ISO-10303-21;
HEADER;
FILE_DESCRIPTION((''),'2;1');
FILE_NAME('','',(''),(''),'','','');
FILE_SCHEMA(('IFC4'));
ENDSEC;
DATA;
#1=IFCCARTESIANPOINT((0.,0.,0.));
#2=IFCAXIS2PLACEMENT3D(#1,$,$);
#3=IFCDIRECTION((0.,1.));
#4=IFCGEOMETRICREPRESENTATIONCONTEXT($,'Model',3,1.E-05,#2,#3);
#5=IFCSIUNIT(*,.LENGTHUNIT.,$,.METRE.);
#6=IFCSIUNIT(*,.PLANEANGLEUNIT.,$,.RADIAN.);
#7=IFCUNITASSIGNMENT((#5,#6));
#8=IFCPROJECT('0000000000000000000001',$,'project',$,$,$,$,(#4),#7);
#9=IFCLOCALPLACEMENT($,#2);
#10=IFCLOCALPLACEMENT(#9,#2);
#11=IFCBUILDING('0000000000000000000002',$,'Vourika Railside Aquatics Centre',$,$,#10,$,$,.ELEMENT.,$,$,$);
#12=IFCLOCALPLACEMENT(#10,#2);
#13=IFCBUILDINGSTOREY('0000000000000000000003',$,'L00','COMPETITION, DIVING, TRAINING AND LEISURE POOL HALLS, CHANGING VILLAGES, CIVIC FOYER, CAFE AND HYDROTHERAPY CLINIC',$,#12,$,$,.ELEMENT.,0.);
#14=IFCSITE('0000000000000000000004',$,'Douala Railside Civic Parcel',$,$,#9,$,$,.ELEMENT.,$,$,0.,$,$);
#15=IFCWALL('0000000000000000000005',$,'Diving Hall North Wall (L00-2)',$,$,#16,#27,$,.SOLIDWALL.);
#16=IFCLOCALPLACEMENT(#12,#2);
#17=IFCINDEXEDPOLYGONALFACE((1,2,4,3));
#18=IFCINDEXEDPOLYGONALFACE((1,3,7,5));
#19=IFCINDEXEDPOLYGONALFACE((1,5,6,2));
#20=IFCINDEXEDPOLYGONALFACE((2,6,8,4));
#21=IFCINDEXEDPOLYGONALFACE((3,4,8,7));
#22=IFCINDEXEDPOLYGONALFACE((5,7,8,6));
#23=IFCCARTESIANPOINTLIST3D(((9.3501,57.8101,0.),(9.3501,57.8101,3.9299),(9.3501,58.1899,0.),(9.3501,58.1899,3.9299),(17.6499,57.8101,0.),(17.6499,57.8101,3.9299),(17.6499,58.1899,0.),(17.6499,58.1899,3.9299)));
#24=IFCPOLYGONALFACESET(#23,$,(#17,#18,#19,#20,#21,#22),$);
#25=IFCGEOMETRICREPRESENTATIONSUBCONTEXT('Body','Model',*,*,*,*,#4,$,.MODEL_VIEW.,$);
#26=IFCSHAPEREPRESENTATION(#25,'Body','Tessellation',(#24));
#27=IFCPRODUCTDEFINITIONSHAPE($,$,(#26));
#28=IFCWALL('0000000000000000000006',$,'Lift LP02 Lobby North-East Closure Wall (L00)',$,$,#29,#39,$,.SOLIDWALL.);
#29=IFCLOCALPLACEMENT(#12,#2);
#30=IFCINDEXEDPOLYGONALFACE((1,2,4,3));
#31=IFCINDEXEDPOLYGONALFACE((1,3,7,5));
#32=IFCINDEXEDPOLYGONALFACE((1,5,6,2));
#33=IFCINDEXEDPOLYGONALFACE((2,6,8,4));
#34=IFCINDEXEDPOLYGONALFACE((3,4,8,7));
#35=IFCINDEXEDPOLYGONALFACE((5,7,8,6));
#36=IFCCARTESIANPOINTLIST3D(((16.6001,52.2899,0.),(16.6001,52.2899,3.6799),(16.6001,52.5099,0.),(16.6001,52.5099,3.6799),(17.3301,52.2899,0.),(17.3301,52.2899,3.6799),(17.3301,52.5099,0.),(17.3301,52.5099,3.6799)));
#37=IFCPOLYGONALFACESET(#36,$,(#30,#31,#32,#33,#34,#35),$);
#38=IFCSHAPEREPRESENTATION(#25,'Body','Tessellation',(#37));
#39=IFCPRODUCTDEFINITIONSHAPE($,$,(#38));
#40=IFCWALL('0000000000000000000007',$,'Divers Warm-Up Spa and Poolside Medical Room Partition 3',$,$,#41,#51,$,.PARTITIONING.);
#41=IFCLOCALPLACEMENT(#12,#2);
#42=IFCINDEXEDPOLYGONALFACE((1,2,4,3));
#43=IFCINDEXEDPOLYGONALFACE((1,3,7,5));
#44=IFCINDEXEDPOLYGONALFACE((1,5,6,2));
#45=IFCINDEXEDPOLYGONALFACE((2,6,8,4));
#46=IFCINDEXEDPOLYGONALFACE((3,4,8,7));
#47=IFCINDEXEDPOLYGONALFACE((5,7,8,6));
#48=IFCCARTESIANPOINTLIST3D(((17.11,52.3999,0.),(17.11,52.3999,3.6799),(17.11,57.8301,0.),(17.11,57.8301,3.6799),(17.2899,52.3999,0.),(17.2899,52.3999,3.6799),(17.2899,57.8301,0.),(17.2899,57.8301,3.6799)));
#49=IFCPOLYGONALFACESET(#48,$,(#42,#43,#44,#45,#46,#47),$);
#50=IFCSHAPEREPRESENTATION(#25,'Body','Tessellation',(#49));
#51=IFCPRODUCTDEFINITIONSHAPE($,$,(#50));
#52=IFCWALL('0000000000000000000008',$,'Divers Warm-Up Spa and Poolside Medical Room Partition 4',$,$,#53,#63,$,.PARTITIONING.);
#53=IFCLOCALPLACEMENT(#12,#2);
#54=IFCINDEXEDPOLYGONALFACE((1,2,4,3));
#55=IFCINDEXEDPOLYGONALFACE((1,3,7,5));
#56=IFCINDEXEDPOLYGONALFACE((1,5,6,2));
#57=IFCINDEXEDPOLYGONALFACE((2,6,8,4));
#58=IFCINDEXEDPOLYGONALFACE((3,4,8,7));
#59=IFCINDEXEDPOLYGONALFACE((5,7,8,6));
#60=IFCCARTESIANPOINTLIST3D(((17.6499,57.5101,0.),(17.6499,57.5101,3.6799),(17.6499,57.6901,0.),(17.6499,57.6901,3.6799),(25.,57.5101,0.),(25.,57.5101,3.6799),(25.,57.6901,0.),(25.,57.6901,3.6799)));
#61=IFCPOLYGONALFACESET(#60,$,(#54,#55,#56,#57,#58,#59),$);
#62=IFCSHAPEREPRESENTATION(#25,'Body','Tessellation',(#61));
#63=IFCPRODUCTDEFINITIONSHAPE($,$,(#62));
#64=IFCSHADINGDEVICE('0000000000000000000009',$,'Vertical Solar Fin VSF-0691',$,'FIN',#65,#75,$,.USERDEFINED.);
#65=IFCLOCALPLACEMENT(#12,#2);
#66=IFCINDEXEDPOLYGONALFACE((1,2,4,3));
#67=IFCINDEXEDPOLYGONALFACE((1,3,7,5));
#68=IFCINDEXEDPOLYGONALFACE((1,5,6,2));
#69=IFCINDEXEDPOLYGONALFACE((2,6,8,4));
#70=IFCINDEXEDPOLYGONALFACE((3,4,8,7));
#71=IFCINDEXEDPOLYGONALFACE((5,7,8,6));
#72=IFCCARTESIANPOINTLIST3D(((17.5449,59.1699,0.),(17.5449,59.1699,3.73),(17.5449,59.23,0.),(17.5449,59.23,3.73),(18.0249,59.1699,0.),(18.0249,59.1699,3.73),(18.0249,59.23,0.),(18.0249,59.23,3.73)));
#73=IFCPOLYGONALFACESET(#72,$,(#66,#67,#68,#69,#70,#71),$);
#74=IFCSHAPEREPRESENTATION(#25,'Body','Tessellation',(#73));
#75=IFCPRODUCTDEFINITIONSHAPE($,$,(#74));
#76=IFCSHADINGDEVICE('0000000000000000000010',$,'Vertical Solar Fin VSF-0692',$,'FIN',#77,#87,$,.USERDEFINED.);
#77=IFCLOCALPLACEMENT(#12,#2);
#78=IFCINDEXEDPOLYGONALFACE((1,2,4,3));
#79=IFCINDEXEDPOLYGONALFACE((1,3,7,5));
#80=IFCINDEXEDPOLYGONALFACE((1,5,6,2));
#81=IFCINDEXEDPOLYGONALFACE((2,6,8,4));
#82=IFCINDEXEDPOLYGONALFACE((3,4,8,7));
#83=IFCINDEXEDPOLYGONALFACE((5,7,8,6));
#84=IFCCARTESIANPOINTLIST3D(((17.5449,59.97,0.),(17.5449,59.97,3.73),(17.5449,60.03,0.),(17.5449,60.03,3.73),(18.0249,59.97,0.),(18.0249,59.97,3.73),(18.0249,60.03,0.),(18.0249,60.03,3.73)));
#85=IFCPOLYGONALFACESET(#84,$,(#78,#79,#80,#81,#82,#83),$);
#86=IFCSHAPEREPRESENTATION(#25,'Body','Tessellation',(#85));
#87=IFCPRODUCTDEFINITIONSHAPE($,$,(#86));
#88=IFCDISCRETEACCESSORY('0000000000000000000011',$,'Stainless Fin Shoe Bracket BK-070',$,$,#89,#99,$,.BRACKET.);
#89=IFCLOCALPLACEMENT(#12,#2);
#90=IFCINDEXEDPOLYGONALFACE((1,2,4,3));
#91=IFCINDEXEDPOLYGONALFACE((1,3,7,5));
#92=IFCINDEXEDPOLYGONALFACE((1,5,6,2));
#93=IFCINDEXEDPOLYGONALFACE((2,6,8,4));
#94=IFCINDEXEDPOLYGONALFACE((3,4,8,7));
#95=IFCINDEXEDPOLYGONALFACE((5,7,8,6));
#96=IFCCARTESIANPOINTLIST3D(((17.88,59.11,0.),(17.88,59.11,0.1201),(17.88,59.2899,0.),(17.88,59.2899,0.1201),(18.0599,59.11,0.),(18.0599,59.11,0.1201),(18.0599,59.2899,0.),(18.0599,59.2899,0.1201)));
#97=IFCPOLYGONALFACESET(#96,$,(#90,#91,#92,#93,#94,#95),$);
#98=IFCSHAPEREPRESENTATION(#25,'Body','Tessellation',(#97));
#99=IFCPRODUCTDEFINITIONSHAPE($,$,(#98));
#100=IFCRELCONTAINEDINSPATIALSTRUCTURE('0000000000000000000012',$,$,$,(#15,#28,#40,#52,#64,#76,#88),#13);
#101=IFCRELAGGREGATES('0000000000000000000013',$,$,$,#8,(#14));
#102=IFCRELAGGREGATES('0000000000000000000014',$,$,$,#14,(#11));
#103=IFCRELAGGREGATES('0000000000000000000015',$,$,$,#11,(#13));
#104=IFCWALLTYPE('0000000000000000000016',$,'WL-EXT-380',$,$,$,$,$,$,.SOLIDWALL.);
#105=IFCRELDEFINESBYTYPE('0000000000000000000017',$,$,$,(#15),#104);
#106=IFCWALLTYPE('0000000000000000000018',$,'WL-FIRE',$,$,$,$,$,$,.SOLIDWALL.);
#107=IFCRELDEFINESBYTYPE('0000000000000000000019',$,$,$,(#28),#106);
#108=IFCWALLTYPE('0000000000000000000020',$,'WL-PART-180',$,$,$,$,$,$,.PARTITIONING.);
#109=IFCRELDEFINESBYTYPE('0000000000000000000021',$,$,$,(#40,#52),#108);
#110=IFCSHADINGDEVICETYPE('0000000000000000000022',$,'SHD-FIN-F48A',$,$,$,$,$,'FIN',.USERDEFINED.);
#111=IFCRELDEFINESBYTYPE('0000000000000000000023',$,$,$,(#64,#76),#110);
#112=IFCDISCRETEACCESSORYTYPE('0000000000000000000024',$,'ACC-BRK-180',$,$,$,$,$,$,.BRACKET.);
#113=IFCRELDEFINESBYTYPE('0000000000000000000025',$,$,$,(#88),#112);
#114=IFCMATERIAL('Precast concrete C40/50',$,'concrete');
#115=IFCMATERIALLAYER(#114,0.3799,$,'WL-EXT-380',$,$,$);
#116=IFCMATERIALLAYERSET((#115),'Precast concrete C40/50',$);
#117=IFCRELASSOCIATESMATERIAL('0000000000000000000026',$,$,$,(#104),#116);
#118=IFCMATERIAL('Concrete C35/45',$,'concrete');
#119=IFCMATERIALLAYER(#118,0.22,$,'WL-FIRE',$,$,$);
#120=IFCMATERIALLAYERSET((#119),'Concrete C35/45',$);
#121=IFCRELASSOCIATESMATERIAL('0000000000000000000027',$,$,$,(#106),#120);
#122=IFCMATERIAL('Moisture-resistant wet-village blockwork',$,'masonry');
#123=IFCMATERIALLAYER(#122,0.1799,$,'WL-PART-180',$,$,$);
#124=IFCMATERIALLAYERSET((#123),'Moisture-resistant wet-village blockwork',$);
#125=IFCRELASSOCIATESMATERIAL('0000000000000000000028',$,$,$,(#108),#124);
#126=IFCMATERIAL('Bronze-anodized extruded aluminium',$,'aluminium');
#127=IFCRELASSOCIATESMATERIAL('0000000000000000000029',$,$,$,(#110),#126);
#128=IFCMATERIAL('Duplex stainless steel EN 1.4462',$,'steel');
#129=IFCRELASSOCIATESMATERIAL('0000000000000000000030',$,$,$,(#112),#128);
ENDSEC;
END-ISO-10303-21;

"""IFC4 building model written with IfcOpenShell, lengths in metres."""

from ifc_helpers import new_model, si_unit, direction, frame, frame_2d, origin, origin_2d, place, context, subcontext, project, spatial, rectangle, extrude, material, layer, layer_set, material_profile, profile_set, type_object, element, save


model = new_model("IFC4")

# Units and contexts
model_context = context("Model", 3, precision=1e-05, world=origin(), true_north=direction((0.0, 1.0)))
body_context = subcontext(model_context, "Body", "Model", "MODEL_VIEW")
ifc_project = project(units=[si_unit("LENGTHUNIT", "METRE"), si_unit("PLANEANGLEUNIT", "RADIAN")], contexts=[model_context])

# Site, building, storey
site_placement = place(None, origin())
site = spatial("IfcSite", under=ifc_project, at=site_placement, Name="Douala Railside Civic Parcel", CompositionType="ELEMENT", RefElevation=0.0)
building_placement = place(site_placement, origin())
building = spatial("IfcBuilding", under=site, at=building_placement, Name="Vourika Railside Aquatics Centre", CompositionType="ELEMENT")
storey_placement = place(building_placement, origin())
storey = spatial("IfcBuildingStorey", under=building, at=storey_placement, Name="L00", Description="COMPETITION, DIVING, TRAINING AND LEISURE POOL HALLS, CHANGING VILLAGES, CIVIC FOYER, CAFE AND HYDROTHERAPY CLINIC", CompositionType="ELEMENT", Elevation=0.0)

# Shared definitions
ifc_material_1 = material(Name="Concrete C35/45", Category="concrete")

# Walls
ifc_material_2 = material(Name="Precast concrete C40/50", Category="concrete")
ifc_layer_1 = layer(ifc_material_2, 0.3799, Name="WL-EXT-380")
ifc_layer_set_1 = layer_set([ifc_layer_1], Name="Precast concrete C40/50")
wall_type_1 = type_object("IfcWallType", Name="WL-EXT-380", PredefinedType="SOLIDWALL", material=ifc_layer_set_1)
wall_1_placement = place(storey_placement, frame((17.6499, 58.0, 0.0), z_axis=(0.0, 0.0, 1.0), x_axis=(-1.0, 0.0, 0.0)))
element("IfcWall", 1, at=wall_1_placement, inside=storey, type_object=wall_type_1, Name="Diving Hall North Wall (L00-2)", PredefinedType="SOLIDWALL", context=body_context, shape_type="SweptSolid", body=[
    extrude(rectangle(XDim=8.2998, YDim=0.3799, at=frame_2d((4.1499, 0.0))), origin(), (0.0, 0.0, 1.0), 3.9299),
])
ifc_layer_2 = layer(ifc_material_1, 0.22, Name="WL-FIRE")
ifc_layer_set_2 = layer_set([ifc_layer_2], Name="Concrete C35/45")
wall_type_2 = type_object("IfcWallType", Name="WL-FIRE", PredefinedType="SOLIDWALL", material=ifc_layer_set_2)
wall_2_placement = place(storey_placement, frame((16.6001, 52.3999, 0.0), z_axis=(0.0, 0.0, 1.0), x_axis=(1.0, 0.0, 0.0)))
element("IfcWall", 2, at=wall_2_placement, inside=storey, type_object=wall_type_2, Name="Lift LP02 Lobby North-East Closure Wall (L00)", PredefinedType="SOLIDWALL", context=body_context, shape_type="SweptSolid", body=[
    extrude(rectangle(XDim=0.73, YDim=0.22, at=frame_2d((0.365, 0.0))), origin(), (0.0, 0.0, 1.0), 3.6799),
])
ifc_material_3 = material(Name="Moisture-resistant wet-village blockwork", Category="masonry")
ifc_layer_3 = layer(ifc_material_3, 0.1799, Name="WL-PART-180")
ifc_layer_set_3 = layer_set([ifc_layer_3], Name="Moisture-resistant wet-village blockwork")
wall_type_3 = type_object("IfcWallType", Name="WL-PART-180", PredefinedType="PARTITIONING", material=ifc_layer_set_3)
wall_3_placement = place(storey_placement, frame((17.2, 52.3999, 0.0), z_axis=(0.0, 0.0, 1.0), x_axis=(0.0, 1.0, 0.0)))
element("IfcWall", 3, at=wall_3_placement, inside=storey, type_object=wall_type_3, Name="Divers Warm-Up Spa and Poolside Medical Room Partition 3", PredefinedType="PARTITIONING", context=body_context, shape_type="SweptSolid", body=[
    extrude(rectangle(XDim=5.4302, YDim=0.1799, at=frame_2d((2.7151, 0.0))), origin(), (0.0, 0.0, 1.0), 3.6799),
])
wall_4_placement = place(storey_placement, frame((17.6499, 57.6001, 0.0), z_axis=(0.0, 0.0, 1.0), x_axis=(1.0, 0.0, 0.0)))
element("IfcWall", 4, at=wall_4_placement, inside=storey, type_object=wall_type_3, Name="Divers Warm-Up Spa and Poolside Medical Room Partition 4", PredefinedType="PARTITIONING", context=body_context, shape_type="SweptSolid", body=[
    extrude(rectangle(XDim=7.3501, YDim=0.1799, at=frame_2d((3.675, 0.0))), origin(), (0.0, 0.0, 1.0), 3.6799),
])

# Shading devices
ifc_material_4 = material(Name="Bronze-anodized extruded aluminium", Category="aluminium")
ifc_material_profile_1 = material_profile(ifc_material_4, rectangle(XDim=0.0601, YDim=0.48, at=origin_2d()), Name="ALU-FIN 60x480")
ifc_profile_set_1 = profile_set([ifc_material_profile_1], Name="Bronze-anodized extruded aluminium")
shading_device_type = type_object("IfcShadingDeviceType", Name="SHD-FIN-F48A", ElementType="FIN", PredefinedType="USERDEFINED", material=ifc_profile_set_1)
for number, where, z_axis, x_axis, name in (
    (5, (17.7849, 59.2, 0.0), (0.0, 0.0, 1.0), (0.0, 1.0, 0.0), "Vertical Solar Fin VSF-0691"),
    (6, (17.7849, 60.0, 0.0), (0.0, 0.0, 1.0), (0.0, 1.0, 0.0), "Vertical Solar Fin VSF-0692"),
):
    element("IfcShadingDevice", number, at=place(storey_placement, frame(where, z_axis=z_axis, x_axis=x_axis)), inside=storey, type_object=shading_device_type, Name=name, ObjectType="FIN", PredefinedType="USERDEFINED", context=body_context, shape_type="SweptSolid", body=[
        extrude(rectangle(XDim=0.0601, YDim=0.48, at=origin_2d()), origin(), (0.0, 0.0, 1.0), 3.73),
    ])

# Discrete accessory
ifc_material_5 = material(Name="Duplex stainless steel EN 1.4462", Category="steel")
discrete_accessory_type = type_object("IfcDiscreteAccessoryType", Name="ACC-BRK-180", PredefinedType="BRACKET", material=ifc_material_5)
discrete_accessory_placement = place(storey_placement, frame((17.97, 59.2, 0.0), z_axis=(0.0, 0.0, 1.0), x_axis=(-1.0, 0.0, 0.0)))
element("IfcDiscreteAccessory", 7, at=discrete_accessory_placement, inside=storey, type_object=discrete_accessory_type, Name="Stainless Fin Shoe Bracket BK-070", PredefinedType="BRACKET", context=body_context, shape_type="SweptSolid", body=[
    extrude(rectangle(XDim=0.1799, YDim=0.1799, at=origin_2d()), origin(), (0.0, 0.0, 1.0), 0.1201),
])

save(model, "model.ifc")
